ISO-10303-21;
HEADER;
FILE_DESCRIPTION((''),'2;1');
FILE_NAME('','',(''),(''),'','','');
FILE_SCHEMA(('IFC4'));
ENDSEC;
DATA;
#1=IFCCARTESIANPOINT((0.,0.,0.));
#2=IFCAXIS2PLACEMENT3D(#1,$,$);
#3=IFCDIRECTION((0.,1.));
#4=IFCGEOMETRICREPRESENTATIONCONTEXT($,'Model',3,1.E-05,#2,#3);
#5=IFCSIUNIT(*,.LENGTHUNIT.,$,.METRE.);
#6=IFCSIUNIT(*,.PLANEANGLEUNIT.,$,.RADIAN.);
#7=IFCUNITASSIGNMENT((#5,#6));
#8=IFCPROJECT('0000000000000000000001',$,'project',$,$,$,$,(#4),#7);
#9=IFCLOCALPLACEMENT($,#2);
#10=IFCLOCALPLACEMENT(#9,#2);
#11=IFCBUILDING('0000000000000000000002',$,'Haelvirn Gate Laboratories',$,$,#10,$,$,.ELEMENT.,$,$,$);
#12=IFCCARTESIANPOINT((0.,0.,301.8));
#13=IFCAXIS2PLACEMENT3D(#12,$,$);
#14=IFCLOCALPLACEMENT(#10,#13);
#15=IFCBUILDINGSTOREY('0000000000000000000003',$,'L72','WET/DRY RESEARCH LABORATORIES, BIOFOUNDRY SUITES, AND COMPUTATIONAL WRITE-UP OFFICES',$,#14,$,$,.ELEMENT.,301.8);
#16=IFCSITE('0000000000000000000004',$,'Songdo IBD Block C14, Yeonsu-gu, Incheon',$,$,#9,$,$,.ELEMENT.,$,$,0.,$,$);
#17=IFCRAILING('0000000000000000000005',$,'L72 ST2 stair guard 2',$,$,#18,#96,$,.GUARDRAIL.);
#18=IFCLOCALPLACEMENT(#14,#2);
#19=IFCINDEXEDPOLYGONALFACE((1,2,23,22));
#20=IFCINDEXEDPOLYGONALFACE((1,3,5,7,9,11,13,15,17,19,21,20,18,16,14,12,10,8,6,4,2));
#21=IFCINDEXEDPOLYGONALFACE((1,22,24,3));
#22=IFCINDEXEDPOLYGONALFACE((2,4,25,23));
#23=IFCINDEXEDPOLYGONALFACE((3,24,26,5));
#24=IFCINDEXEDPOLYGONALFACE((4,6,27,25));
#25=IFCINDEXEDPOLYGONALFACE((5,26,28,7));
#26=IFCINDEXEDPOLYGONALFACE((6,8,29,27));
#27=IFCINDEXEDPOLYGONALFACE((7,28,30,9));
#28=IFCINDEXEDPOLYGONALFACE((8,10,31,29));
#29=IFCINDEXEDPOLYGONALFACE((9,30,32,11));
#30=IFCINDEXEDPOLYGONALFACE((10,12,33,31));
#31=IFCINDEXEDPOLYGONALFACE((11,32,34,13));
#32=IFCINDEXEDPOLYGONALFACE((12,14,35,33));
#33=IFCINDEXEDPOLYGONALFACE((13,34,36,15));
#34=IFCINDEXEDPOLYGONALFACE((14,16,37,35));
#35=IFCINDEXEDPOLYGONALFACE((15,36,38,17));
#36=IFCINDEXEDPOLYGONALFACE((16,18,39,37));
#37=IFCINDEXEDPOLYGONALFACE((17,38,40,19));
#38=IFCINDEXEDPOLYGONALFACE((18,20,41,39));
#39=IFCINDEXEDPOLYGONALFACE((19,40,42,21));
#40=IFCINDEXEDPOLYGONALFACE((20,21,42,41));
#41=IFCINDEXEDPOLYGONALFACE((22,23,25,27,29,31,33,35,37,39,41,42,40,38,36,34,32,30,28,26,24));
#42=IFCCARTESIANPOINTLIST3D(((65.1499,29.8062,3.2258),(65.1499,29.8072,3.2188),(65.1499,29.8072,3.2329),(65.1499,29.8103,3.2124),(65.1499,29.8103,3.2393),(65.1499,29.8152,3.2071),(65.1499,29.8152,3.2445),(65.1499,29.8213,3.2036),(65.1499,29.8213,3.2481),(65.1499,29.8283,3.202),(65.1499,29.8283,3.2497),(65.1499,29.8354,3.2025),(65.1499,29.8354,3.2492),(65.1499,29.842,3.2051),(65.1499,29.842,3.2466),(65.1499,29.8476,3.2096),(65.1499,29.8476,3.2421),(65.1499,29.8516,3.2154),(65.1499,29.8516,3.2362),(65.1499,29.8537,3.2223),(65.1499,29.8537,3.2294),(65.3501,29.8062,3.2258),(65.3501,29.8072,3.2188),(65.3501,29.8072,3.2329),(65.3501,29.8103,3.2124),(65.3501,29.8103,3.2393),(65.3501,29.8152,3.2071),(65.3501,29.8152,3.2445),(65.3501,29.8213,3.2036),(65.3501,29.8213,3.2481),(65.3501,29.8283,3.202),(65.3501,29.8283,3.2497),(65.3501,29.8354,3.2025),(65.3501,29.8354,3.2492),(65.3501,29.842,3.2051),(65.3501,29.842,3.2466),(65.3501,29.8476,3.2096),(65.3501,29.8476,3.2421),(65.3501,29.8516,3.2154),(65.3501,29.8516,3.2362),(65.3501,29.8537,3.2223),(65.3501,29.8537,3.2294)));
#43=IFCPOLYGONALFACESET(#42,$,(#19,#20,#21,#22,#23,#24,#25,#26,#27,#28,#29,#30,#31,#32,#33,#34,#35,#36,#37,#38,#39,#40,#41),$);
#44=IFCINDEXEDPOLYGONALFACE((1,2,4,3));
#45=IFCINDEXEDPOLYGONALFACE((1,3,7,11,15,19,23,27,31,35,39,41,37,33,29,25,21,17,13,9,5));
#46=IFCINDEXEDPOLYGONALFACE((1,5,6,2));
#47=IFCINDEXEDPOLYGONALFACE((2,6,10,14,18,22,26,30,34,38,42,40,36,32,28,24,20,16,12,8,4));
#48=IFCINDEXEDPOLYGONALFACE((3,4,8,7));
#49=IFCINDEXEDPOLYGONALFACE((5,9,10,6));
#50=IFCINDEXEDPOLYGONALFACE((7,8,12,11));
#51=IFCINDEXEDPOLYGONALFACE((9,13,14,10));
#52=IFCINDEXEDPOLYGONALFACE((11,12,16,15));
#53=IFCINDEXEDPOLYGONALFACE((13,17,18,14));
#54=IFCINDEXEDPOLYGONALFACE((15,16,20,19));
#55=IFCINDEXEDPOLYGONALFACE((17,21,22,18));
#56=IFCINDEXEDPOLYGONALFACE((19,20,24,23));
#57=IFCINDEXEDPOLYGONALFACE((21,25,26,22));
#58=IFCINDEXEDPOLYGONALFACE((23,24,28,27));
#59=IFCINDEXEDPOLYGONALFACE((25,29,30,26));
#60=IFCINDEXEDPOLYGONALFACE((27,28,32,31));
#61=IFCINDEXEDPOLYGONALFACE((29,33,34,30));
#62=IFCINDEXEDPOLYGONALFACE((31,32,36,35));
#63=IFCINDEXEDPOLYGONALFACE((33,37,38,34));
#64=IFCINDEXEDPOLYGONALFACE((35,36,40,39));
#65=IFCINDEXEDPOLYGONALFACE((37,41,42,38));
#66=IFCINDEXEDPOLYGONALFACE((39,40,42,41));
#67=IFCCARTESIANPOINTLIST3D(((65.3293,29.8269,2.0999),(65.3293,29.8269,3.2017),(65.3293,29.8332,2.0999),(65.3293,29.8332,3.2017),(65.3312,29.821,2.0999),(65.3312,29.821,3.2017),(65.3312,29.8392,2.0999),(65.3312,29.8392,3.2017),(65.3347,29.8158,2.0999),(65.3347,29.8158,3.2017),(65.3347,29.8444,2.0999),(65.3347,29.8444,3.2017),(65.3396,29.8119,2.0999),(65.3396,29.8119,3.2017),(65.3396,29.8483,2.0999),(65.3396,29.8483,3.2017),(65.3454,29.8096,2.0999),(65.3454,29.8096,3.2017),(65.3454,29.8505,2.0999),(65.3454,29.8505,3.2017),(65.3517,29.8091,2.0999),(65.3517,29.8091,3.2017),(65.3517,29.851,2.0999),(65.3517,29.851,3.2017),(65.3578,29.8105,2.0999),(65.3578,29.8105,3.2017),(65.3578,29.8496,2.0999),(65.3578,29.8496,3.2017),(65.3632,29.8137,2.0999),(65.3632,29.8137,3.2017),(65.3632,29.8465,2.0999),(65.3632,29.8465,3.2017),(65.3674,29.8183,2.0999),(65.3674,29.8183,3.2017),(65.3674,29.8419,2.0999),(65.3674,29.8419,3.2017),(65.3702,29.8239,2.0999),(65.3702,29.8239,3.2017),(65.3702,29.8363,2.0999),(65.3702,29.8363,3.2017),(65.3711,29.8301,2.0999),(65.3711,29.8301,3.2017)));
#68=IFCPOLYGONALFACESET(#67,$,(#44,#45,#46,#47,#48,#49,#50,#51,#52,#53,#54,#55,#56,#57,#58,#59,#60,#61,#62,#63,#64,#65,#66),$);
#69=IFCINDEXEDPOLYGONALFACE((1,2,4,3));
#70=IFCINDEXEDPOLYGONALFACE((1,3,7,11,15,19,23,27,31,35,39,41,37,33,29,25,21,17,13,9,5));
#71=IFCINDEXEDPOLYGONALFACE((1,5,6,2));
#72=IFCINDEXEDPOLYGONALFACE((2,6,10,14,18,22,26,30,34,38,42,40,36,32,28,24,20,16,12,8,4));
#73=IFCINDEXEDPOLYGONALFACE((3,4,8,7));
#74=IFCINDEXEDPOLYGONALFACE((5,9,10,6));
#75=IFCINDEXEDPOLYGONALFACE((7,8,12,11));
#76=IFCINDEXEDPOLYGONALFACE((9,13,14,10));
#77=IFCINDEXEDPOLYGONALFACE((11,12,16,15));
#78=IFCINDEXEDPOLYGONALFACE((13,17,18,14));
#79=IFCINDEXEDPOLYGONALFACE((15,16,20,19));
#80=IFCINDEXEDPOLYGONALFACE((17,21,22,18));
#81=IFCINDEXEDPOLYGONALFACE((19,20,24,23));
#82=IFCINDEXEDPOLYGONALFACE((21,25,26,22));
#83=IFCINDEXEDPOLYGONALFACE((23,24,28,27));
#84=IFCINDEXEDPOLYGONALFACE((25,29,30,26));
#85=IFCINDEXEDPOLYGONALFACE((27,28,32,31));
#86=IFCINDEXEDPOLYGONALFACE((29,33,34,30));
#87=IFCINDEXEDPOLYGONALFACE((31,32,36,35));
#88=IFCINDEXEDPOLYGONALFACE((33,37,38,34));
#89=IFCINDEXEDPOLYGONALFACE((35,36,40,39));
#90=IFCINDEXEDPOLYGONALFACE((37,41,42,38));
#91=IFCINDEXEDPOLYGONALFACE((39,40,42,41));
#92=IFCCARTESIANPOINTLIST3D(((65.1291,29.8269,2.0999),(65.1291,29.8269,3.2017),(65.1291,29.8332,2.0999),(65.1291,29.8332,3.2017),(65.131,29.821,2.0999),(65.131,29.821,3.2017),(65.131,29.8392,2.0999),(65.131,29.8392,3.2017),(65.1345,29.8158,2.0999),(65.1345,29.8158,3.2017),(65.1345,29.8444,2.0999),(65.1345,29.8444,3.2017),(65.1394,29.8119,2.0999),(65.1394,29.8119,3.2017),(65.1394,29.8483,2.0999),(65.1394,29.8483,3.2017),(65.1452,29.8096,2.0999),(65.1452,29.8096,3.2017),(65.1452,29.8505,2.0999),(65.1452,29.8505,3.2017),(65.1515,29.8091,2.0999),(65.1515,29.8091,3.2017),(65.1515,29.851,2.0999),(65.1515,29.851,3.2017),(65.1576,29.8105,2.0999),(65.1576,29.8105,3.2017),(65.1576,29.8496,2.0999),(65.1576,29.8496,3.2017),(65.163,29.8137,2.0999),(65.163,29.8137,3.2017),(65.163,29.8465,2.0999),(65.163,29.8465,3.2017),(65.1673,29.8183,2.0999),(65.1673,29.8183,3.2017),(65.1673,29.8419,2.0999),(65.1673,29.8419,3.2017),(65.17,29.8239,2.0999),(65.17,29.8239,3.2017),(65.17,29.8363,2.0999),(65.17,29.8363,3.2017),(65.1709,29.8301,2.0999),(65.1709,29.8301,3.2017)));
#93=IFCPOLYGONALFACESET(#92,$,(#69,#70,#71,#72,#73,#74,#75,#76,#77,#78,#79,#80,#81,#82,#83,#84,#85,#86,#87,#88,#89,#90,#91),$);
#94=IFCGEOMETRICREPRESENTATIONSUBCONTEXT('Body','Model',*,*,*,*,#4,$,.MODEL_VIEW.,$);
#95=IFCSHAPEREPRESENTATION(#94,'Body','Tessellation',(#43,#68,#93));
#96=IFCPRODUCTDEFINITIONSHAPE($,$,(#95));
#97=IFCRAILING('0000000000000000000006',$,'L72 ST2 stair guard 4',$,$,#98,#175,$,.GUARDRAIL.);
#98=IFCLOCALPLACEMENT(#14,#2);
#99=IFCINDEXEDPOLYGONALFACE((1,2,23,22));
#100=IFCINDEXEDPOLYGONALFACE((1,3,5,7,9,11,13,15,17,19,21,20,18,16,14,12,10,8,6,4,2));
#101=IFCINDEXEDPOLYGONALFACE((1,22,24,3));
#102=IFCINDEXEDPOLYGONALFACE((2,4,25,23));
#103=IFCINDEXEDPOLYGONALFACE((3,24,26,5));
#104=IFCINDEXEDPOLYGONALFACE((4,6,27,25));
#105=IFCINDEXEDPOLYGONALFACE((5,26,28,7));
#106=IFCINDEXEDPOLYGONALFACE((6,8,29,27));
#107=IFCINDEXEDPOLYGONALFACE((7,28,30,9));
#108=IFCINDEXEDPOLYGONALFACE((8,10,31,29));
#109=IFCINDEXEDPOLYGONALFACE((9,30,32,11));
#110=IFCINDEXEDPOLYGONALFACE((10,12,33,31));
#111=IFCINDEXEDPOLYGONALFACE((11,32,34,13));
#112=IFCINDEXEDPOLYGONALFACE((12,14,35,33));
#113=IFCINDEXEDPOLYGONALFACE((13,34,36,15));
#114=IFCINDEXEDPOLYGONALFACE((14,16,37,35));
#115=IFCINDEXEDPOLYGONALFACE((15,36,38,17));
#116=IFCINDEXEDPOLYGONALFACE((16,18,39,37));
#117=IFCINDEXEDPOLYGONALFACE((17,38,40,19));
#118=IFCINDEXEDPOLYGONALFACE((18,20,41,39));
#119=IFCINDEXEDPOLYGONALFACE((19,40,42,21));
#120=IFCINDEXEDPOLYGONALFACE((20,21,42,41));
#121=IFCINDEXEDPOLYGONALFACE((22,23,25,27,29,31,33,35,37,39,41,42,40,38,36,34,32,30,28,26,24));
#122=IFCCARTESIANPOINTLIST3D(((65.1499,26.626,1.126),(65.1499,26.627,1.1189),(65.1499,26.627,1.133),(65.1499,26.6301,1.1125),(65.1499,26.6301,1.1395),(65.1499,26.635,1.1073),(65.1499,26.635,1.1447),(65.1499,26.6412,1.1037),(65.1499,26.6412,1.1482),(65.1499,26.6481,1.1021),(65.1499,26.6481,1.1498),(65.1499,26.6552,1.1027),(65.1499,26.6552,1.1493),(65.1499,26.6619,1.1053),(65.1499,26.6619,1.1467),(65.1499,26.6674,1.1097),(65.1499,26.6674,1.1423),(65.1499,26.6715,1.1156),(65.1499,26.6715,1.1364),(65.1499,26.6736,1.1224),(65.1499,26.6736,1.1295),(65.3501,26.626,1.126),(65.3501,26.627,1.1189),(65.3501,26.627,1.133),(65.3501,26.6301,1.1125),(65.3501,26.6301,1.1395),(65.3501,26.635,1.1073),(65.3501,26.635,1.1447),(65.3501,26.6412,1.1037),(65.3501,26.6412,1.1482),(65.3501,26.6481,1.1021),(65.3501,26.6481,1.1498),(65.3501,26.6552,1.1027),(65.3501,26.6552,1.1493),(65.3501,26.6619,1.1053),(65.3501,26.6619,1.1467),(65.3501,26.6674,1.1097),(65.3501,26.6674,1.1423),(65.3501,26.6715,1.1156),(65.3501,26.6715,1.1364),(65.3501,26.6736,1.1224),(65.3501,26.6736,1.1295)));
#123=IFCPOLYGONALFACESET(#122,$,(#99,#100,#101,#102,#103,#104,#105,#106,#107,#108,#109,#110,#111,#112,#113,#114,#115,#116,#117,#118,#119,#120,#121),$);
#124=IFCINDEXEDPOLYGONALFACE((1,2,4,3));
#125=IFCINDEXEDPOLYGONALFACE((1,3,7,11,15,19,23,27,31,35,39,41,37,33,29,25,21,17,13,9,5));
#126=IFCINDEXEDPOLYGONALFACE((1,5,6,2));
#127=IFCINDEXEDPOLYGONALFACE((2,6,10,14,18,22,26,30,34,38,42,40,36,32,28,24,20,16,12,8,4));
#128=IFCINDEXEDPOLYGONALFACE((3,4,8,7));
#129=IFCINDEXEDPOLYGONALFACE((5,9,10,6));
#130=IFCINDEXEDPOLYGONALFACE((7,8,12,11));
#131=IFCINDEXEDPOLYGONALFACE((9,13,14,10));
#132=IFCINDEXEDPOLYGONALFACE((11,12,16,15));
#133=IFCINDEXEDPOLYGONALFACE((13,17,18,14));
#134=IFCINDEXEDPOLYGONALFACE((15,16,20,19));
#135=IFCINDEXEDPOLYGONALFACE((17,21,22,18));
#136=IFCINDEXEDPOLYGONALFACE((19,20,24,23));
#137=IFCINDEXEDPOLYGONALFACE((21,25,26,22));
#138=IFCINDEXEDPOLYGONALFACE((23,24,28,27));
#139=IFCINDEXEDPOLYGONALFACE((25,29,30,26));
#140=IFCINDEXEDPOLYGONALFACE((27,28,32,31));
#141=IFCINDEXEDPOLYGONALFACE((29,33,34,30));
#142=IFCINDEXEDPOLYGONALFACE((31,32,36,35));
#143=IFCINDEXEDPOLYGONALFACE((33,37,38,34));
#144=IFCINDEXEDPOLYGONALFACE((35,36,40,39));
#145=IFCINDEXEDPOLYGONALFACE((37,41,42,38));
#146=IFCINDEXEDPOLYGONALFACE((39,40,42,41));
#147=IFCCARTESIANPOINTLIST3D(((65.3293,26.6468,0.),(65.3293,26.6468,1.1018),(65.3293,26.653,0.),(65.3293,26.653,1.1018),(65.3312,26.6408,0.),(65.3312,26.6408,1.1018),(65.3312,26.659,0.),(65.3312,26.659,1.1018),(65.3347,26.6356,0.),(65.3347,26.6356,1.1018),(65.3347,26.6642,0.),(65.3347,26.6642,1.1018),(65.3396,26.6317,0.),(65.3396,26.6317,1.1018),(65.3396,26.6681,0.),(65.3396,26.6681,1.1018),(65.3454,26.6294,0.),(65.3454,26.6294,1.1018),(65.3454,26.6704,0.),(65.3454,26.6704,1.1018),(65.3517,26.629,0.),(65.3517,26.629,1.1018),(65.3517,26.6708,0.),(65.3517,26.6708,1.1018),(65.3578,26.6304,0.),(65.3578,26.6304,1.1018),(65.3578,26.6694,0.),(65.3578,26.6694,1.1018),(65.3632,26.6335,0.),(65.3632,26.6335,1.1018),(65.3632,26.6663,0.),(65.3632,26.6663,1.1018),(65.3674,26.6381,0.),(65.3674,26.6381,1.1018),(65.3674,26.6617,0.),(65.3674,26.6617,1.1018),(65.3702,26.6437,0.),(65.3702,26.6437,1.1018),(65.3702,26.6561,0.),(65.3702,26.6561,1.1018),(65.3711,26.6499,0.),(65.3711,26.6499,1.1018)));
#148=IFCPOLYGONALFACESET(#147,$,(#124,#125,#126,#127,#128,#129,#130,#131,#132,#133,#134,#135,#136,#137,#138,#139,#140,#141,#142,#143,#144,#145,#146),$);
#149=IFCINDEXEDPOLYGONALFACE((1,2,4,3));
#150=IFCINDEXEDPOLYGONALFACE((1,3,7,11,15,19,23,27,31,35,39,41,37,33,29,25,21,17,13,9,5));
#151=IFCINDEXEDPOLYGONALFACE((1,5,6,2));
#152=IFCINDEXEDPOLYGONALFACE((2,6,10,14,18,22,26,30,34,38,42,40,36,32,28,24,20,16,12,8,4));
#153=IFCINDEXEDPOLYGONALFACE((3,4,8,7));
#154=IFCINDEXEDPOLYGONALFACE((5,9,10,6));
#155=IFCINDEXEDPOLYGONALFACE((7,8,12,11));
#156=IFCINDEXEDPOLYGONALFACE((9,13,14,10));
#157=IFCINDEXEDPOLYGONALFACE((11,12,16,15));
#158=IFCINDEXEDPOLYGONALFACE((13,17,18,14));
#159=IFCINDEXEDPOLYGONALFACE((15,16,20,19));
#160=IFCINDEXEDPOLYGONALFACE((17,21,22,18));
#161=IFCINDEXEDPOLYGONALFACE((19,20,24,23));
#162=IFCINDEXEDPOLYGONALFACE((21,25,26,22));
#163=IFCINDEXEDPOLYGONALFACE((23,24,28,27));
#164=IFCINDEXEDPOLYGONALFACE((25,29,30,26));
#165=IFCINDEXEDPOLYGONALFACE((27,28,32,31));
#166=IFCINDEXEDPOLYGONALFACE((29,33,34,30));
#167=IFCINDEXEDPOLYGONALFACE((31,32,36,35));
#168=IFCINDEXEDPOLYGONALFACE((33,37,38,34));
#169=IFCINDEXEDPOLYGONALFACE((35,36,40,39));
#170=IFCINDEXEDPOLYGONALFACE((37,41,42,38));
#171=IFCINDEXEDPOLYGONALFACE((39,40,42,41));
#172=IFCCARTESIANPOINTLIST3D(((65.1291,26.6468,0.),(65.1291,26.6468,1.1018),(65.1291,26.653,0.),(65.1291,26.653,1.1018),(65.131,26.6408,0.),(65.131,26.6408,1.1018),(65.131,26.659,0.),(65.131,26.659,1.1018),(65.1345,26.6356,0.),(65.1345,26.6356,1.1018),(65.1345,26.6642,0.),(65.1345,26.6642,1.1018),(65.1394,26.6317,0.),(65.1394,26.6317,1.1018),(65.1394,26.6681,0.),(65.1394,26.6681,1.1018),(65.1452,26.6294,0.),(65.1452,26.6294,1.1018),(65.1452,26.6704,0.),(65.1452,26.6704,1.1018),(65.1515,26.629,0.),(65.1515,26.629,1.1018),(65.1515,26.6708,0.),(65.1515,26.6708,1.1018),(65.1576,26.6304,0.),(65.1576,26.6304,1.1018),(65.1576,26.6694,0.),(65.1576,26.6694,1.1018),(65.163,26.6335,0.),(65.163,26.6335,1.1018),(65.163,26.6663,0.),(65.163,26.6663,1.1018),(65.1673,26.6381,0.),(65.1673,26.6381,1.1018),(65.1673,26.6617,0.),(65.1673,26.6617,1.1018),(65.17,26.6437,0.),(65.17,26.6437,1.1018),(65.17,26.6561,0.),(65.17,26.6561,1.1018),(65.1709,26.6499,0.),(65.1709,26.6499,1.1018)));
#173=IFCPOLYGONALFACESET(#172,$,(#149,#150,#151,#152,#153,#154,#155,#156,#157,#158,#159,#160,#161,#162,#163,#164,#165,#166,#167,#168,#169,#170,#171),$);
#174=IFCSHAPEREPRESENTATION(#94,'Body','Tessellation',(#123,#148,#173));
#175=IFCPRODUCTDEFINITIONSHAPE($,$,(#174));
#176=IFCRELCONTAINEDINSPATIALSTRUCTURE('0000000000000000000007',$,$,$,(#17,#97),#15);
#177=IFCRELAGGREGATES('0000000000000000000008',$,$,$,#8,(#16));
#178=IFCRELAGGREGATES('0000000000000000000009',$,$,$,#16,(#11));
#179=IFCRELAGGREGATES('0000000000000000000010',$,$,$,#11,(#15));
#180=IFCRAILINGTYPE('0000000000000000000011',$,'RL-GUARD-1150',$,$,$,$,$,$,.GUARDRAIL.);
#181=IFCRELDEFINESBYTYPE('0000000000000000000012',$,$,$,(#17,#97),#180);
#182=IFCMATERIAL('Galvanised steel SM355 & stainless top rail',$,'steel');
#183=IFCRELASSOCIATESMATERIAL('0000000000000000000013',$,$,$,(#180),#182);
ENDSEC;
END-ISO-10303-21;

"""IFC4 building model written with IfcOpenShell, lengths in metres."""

from ifc_helpers import new_model, si_unit, direction, frame, origin, origin_2d, place, context, subcontext, project, spatial, circle, extrude, source, transform, mapped, material, type_object, element, save


model = new_model("IFC4")

# Units and contexts
model_context = context("Model", 3, precision=1e-05, world=origin(), true_north=direction((0.0, 1.0)))
body_context = subcontext(model_context, "Body", "Model", "MODEL_VIEW")
ifc_project = project(units=[si_unit("LENGTHUNIT", "METRE"), si_unit("PLANEANGLEUNIT", "RADIAN")], contexts=[model_context])

# Site, building, storey
site_placement = place(None, origin())
site = spatial("IfcSite", under=ifc_project, at=site_placement, Name="Songdo IBD Block C14, Yeonsu-gu, Incheon", CompositionType="ELEMENT", RefElevation=0.0)
building_placement = place(site_placement, origin())
building = spatial("IfcBuilding", under=site, at=building_placement, Name="Haelvirn Gate Laboratories", CompositionType="ELEMENT")
storey_placement = place(building_placement, frame((0.0, 0.0, 301.8)))
storey = spatial("IfcBuildingStorey", under=building, at=storey_placement, Name="L72", Description="WET/DRY RESEARCH LABORATORIES, BIOFOUNDRY SUITES, AND COMPUTATIONAL WRITE-UP OFFICES", CompositionType="ELEMENT", Elevation=301.8)

# Railings
ifc_material_1 = material(Name="Galvanised steel SM355 & stainless top rail", Category="steel")
railing_type_1 = type_object("IfcRailingType", Name="RL-GUARD-1150", PredefinedType="GUARDRAIL", material=ifc_material_1)
shared_shape_1 = source(origin(), body_context, "Body", "SweptSolid", [
    extrude(circle(Radius=0.0239, at=origin_2d()), frame((0.0, 0.0, 1.126), z_axis=(-1.0, 0.0, 0.0), x_axis=(0.0, -1.0, 0.0)), (0.0, 0.0, 1.0), 0.2002),
    extrude(circle(Radius=0.021, at=origin_2d()), origin(), (0.0, 0.0, 1.0), 1.1018),
    extrude(circle(Radius=0.021, at=origin_2d()), frame((-0.2002, 0.0, 0.0)), (0.0, 0.0, 1.0), 1.1018),
])
for number, where, name in (
    (1, (65.3501, 29.8301, 2.0999), "L72 ST2 stair guard 2"),
    (2, (65.3501, 26.6499, 0.0), "L72 ST2 stair guard 4"),
):
    element("IfcRailing", number, at=place(storey_placement, frame(where)), inside=storey, type_object=railing_type_1, Name=name, PredefinedType="GUARDRAIL", context=body_context, shape_type="MappedRepresentation", body=[
        mapped(shared_shape_1, transform((0.0, 0.0, 0.0), scale=1.0)),
    ])

save(model, "model.ifc")
